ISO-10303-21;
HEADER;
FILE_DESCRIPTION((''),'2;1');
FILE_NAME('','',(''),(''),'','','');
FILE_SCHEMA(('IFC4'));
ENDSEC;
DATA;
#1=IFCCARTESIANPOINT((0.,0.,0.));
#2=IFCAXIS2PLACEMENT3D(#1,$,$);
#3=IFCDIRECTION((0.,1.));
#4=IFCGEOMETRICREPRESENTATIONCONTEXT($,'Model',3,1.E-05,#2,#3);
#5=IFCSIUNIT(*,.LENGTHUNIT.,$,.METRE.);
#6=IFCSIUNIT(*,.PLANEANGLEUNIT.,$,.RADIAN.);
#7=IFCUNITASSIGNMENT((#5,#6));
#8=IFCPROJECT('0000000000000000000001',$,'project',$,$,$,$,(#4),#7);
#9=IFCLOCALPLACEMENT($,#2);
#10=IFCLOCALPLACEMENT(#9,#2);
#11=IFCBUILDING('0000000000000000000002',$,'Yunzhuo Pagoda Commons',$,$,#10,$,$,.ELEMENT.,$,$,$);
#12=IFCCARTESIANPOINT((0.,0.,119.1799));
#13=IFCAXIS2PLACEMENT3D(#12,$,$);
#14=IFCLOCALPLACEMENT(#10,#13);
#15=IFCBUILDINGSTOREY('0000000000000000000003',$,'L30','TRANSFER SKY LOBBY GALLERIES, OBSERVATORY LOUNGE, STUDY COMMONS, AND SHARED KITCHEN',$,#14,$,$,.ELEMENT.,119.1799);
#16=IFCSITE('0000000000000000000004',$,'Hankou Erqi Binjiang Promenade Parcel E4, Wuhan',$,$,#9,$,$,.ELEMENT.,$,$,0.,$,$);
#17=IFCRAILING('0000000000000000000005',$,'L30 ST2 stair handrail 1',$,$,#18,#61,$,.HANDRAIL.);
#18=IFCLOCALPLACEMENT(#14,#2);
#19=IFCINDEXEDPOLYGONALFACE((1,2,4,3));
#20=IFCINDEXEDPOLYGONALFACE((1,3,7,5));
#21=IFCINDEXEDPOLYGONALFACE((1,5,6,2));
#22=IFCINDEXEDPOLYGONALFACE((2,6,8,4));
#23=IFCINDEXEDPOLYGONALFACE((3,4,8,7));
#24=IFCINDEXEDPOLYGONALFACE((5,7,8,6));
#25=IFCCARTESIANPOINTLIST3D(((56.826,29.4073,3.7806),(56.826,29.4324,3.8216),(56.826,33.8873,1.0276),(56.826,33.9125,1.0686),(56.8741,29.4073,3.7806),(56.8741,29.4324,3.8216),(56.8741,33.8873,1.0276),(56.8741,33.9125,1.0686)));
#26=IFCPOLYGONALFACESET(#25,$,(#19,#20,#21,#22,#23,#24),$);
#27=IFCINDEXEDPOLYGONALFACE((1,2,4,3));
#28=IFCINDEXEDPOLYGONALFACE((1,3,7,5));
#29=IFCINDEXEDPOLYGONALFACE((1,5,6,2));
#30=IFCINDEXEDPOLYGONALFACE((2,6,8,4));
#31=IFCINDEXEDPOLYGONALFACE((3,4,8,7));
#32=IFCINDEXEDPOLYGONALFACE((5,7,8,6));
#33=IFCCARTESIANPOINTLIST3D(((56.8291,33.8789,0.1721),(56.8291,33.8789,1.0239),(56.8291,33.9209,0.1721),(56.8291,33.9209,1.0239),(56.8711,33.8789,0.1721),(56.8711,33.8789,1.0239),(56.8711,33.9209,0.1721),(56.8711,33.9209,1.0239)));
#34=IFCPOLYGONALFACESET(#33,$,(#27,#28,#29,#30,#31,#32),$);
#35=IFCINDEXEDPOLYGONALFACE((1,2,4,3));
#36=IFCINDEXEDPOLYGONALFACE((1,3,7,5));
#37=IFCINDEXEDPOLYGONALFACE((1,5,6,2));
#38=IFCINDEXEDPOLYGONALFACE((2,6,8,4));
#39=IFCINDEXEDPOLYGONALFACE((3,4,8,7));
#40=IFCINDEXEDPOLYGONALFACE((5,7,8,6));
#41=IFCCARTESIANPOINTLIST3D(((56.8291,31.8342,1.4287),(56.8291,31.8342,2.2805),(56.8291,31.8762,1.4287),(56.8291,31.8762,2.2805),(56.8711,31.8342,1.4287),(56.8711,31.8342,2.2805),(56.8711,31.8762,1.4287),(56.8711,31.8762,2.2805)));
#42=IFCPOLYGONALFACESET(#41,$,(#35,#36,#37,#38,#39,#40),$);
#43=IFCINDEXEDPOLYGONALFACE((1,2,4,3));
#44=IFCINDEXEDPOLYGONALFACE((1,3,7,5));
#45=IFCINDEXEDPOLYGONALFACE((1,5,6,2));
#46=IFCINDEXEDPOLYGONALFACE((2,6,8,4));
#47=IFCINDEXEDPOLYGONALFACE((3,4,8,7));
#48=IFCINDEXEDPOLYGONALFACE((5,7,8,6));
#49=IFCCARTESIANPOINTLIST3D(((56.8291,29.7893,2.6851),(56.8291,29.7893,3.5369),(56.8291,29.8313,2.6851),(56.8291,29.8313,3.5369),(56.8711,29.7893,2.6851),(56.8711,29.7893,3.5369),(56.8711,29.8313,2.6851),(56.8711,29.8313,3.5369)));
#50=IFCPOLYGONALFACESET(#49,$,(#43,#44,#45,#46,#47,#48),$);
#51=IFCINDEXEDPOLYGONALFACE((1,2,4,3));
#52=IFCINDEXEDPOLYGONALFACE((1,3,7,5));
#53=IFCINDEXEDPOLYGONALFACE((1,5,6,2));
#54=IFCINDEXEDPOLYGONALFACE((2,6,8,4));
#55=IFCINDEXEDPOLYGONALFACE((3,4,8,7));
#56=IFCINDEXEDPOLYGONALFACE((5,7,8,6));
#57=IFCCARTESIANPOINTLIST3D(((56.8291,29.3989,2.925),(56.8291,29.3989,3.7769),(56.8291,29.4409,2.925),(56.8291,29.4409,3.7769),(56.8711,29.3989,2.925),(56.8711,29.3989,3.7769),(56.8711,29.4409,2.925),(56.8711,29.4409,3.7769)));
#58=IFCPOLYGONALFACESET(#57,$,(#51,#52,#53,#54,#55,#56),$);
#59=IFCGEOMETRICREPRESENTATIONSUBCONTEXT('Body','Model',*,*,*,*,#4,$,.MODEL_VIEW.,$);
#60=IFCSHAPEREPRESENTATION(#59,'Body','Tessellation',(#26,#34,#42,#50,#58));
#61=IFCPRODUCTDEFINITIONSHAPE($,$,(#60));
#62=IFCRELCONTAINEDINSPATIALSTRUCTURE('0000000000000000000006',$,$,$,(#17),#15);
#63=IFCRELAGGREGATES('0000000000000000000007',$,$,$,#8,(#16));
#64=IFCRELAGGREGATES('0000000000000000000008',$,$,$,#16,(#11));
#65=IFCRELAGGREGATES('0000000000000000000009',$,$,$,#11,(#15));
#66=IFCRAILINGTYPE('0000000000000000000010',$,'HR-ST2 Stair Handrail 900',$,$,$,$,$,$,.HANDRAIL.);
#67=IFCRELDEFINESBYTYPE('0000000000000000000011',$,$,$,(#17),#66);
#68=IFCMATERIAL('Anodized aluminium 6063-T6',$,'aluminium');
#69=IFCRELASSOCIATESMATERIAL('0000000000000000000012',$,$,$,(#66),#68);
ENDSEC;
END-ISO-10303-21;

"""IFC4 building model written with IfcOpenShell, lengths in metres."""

from ifc_helpers import new_model, si_unit, direction, frame, origin, origin_2d, place, context, subcontext, project, spatial, rectangle, extrude, material, type_object, element, save


model = new_model("IFC4")

# Units and contexts
model_context = context("Model", 3, precision=1e-05, world=origin(), true_north=direction((0.0, 1.0)))
body_context = subcontext(model_context, "Body", "Model", "MODEL_VIEW")
ifc_project = project(units=[si_unit("LENGTHUNIT", "METRE"), si_unit("PLANEANGLEUNIT", "RADIAN")], contexts=[model_context])

# Site, building, storey
site_placement = place(None, origin())
site = spatial("IfcSite", under=ifc_project, at=site_placement, Name="Hankou Erqi Binjiang Promenade Parcel E4, Wuhan", CompositionType="ELEMENT", RefElevation=0.0)
building_placement = place(site_placement, origin())
building = spatial("IfcBuilding", under=site, at=building_placement, Name="Yunzhuo Pagoda Commons", CompositionType="ELEMENT")
storey_placement = place(building_placement, frame((0.0, 0.0, 119.1799)))
storey = spatial("IfcBuildingStorey", under=building, at=storey_placement, Name="L30", Description="TRANSFER SKY LOBBY GALLERIES, OBSERVATORY LOUNGE, STUDY COMMONS, AND SHARED KITCHEN", CompositionType="ELEMENT", Elevation=119.1799)

# Railing
ifc_material_1 = material(Name="Anodized aluminium 6063-T6", Category="aluminium")
railing_type_1 = type_object("IfcRailingType", Name="HR-ST2 Stair Handrail 900", PredefinedType="HANDRAIL", material=ifc_material_1)
railing_1_placement = place(storey_placement, frame((56.8501, 33.8999, 0.1721)))
element("IfcRailing", 1, at=railing_1_placement, inside=storey, type_object=railing_type_1, Name="L30 ST2 stair handrail 1", PredefinedType="HANDRAIL", context=body_context, shape_type="SweptSolid", body=[
    extrude(rectangle(XDim=0.0481, YDim=0.0481, at=origin_2d()), frame((0.0, 0.0, 0.876), z_axis=(0.0, -0.851996, 0.523548), x_axis=(1.0, 0.0, 0.0)), (0.0, 0.0, 1.0), 5.2583),
    extrude(rectangle(XDim=0.042, YDim=0.042, at=origin_2d()), origin(), (0.0, 0.0, 1.0), 0.8518),
    extrude(rectangle(XDim=0.042, YDim=0.042, at=origin_2d()), frame((0.0, -2.0447, 1.2566)), (0.0, 0.0, 1.0), 0.8518),
    extrude(rectangle(XDim=0.042, YDim=0.042, at=origin_2d()), frame((0.0, -4.0896, 2.5129)), (0.0, 0.0, 1.0), 0.8518),
    extrude(rectangle(XDim=0.042, YDim=0.042, at=origin_2d()), frame((0.0, -4.48, 2.7529)), (0.0, 0.0, 1.0), 0.8518),
])

save(model, "model.ifc")
